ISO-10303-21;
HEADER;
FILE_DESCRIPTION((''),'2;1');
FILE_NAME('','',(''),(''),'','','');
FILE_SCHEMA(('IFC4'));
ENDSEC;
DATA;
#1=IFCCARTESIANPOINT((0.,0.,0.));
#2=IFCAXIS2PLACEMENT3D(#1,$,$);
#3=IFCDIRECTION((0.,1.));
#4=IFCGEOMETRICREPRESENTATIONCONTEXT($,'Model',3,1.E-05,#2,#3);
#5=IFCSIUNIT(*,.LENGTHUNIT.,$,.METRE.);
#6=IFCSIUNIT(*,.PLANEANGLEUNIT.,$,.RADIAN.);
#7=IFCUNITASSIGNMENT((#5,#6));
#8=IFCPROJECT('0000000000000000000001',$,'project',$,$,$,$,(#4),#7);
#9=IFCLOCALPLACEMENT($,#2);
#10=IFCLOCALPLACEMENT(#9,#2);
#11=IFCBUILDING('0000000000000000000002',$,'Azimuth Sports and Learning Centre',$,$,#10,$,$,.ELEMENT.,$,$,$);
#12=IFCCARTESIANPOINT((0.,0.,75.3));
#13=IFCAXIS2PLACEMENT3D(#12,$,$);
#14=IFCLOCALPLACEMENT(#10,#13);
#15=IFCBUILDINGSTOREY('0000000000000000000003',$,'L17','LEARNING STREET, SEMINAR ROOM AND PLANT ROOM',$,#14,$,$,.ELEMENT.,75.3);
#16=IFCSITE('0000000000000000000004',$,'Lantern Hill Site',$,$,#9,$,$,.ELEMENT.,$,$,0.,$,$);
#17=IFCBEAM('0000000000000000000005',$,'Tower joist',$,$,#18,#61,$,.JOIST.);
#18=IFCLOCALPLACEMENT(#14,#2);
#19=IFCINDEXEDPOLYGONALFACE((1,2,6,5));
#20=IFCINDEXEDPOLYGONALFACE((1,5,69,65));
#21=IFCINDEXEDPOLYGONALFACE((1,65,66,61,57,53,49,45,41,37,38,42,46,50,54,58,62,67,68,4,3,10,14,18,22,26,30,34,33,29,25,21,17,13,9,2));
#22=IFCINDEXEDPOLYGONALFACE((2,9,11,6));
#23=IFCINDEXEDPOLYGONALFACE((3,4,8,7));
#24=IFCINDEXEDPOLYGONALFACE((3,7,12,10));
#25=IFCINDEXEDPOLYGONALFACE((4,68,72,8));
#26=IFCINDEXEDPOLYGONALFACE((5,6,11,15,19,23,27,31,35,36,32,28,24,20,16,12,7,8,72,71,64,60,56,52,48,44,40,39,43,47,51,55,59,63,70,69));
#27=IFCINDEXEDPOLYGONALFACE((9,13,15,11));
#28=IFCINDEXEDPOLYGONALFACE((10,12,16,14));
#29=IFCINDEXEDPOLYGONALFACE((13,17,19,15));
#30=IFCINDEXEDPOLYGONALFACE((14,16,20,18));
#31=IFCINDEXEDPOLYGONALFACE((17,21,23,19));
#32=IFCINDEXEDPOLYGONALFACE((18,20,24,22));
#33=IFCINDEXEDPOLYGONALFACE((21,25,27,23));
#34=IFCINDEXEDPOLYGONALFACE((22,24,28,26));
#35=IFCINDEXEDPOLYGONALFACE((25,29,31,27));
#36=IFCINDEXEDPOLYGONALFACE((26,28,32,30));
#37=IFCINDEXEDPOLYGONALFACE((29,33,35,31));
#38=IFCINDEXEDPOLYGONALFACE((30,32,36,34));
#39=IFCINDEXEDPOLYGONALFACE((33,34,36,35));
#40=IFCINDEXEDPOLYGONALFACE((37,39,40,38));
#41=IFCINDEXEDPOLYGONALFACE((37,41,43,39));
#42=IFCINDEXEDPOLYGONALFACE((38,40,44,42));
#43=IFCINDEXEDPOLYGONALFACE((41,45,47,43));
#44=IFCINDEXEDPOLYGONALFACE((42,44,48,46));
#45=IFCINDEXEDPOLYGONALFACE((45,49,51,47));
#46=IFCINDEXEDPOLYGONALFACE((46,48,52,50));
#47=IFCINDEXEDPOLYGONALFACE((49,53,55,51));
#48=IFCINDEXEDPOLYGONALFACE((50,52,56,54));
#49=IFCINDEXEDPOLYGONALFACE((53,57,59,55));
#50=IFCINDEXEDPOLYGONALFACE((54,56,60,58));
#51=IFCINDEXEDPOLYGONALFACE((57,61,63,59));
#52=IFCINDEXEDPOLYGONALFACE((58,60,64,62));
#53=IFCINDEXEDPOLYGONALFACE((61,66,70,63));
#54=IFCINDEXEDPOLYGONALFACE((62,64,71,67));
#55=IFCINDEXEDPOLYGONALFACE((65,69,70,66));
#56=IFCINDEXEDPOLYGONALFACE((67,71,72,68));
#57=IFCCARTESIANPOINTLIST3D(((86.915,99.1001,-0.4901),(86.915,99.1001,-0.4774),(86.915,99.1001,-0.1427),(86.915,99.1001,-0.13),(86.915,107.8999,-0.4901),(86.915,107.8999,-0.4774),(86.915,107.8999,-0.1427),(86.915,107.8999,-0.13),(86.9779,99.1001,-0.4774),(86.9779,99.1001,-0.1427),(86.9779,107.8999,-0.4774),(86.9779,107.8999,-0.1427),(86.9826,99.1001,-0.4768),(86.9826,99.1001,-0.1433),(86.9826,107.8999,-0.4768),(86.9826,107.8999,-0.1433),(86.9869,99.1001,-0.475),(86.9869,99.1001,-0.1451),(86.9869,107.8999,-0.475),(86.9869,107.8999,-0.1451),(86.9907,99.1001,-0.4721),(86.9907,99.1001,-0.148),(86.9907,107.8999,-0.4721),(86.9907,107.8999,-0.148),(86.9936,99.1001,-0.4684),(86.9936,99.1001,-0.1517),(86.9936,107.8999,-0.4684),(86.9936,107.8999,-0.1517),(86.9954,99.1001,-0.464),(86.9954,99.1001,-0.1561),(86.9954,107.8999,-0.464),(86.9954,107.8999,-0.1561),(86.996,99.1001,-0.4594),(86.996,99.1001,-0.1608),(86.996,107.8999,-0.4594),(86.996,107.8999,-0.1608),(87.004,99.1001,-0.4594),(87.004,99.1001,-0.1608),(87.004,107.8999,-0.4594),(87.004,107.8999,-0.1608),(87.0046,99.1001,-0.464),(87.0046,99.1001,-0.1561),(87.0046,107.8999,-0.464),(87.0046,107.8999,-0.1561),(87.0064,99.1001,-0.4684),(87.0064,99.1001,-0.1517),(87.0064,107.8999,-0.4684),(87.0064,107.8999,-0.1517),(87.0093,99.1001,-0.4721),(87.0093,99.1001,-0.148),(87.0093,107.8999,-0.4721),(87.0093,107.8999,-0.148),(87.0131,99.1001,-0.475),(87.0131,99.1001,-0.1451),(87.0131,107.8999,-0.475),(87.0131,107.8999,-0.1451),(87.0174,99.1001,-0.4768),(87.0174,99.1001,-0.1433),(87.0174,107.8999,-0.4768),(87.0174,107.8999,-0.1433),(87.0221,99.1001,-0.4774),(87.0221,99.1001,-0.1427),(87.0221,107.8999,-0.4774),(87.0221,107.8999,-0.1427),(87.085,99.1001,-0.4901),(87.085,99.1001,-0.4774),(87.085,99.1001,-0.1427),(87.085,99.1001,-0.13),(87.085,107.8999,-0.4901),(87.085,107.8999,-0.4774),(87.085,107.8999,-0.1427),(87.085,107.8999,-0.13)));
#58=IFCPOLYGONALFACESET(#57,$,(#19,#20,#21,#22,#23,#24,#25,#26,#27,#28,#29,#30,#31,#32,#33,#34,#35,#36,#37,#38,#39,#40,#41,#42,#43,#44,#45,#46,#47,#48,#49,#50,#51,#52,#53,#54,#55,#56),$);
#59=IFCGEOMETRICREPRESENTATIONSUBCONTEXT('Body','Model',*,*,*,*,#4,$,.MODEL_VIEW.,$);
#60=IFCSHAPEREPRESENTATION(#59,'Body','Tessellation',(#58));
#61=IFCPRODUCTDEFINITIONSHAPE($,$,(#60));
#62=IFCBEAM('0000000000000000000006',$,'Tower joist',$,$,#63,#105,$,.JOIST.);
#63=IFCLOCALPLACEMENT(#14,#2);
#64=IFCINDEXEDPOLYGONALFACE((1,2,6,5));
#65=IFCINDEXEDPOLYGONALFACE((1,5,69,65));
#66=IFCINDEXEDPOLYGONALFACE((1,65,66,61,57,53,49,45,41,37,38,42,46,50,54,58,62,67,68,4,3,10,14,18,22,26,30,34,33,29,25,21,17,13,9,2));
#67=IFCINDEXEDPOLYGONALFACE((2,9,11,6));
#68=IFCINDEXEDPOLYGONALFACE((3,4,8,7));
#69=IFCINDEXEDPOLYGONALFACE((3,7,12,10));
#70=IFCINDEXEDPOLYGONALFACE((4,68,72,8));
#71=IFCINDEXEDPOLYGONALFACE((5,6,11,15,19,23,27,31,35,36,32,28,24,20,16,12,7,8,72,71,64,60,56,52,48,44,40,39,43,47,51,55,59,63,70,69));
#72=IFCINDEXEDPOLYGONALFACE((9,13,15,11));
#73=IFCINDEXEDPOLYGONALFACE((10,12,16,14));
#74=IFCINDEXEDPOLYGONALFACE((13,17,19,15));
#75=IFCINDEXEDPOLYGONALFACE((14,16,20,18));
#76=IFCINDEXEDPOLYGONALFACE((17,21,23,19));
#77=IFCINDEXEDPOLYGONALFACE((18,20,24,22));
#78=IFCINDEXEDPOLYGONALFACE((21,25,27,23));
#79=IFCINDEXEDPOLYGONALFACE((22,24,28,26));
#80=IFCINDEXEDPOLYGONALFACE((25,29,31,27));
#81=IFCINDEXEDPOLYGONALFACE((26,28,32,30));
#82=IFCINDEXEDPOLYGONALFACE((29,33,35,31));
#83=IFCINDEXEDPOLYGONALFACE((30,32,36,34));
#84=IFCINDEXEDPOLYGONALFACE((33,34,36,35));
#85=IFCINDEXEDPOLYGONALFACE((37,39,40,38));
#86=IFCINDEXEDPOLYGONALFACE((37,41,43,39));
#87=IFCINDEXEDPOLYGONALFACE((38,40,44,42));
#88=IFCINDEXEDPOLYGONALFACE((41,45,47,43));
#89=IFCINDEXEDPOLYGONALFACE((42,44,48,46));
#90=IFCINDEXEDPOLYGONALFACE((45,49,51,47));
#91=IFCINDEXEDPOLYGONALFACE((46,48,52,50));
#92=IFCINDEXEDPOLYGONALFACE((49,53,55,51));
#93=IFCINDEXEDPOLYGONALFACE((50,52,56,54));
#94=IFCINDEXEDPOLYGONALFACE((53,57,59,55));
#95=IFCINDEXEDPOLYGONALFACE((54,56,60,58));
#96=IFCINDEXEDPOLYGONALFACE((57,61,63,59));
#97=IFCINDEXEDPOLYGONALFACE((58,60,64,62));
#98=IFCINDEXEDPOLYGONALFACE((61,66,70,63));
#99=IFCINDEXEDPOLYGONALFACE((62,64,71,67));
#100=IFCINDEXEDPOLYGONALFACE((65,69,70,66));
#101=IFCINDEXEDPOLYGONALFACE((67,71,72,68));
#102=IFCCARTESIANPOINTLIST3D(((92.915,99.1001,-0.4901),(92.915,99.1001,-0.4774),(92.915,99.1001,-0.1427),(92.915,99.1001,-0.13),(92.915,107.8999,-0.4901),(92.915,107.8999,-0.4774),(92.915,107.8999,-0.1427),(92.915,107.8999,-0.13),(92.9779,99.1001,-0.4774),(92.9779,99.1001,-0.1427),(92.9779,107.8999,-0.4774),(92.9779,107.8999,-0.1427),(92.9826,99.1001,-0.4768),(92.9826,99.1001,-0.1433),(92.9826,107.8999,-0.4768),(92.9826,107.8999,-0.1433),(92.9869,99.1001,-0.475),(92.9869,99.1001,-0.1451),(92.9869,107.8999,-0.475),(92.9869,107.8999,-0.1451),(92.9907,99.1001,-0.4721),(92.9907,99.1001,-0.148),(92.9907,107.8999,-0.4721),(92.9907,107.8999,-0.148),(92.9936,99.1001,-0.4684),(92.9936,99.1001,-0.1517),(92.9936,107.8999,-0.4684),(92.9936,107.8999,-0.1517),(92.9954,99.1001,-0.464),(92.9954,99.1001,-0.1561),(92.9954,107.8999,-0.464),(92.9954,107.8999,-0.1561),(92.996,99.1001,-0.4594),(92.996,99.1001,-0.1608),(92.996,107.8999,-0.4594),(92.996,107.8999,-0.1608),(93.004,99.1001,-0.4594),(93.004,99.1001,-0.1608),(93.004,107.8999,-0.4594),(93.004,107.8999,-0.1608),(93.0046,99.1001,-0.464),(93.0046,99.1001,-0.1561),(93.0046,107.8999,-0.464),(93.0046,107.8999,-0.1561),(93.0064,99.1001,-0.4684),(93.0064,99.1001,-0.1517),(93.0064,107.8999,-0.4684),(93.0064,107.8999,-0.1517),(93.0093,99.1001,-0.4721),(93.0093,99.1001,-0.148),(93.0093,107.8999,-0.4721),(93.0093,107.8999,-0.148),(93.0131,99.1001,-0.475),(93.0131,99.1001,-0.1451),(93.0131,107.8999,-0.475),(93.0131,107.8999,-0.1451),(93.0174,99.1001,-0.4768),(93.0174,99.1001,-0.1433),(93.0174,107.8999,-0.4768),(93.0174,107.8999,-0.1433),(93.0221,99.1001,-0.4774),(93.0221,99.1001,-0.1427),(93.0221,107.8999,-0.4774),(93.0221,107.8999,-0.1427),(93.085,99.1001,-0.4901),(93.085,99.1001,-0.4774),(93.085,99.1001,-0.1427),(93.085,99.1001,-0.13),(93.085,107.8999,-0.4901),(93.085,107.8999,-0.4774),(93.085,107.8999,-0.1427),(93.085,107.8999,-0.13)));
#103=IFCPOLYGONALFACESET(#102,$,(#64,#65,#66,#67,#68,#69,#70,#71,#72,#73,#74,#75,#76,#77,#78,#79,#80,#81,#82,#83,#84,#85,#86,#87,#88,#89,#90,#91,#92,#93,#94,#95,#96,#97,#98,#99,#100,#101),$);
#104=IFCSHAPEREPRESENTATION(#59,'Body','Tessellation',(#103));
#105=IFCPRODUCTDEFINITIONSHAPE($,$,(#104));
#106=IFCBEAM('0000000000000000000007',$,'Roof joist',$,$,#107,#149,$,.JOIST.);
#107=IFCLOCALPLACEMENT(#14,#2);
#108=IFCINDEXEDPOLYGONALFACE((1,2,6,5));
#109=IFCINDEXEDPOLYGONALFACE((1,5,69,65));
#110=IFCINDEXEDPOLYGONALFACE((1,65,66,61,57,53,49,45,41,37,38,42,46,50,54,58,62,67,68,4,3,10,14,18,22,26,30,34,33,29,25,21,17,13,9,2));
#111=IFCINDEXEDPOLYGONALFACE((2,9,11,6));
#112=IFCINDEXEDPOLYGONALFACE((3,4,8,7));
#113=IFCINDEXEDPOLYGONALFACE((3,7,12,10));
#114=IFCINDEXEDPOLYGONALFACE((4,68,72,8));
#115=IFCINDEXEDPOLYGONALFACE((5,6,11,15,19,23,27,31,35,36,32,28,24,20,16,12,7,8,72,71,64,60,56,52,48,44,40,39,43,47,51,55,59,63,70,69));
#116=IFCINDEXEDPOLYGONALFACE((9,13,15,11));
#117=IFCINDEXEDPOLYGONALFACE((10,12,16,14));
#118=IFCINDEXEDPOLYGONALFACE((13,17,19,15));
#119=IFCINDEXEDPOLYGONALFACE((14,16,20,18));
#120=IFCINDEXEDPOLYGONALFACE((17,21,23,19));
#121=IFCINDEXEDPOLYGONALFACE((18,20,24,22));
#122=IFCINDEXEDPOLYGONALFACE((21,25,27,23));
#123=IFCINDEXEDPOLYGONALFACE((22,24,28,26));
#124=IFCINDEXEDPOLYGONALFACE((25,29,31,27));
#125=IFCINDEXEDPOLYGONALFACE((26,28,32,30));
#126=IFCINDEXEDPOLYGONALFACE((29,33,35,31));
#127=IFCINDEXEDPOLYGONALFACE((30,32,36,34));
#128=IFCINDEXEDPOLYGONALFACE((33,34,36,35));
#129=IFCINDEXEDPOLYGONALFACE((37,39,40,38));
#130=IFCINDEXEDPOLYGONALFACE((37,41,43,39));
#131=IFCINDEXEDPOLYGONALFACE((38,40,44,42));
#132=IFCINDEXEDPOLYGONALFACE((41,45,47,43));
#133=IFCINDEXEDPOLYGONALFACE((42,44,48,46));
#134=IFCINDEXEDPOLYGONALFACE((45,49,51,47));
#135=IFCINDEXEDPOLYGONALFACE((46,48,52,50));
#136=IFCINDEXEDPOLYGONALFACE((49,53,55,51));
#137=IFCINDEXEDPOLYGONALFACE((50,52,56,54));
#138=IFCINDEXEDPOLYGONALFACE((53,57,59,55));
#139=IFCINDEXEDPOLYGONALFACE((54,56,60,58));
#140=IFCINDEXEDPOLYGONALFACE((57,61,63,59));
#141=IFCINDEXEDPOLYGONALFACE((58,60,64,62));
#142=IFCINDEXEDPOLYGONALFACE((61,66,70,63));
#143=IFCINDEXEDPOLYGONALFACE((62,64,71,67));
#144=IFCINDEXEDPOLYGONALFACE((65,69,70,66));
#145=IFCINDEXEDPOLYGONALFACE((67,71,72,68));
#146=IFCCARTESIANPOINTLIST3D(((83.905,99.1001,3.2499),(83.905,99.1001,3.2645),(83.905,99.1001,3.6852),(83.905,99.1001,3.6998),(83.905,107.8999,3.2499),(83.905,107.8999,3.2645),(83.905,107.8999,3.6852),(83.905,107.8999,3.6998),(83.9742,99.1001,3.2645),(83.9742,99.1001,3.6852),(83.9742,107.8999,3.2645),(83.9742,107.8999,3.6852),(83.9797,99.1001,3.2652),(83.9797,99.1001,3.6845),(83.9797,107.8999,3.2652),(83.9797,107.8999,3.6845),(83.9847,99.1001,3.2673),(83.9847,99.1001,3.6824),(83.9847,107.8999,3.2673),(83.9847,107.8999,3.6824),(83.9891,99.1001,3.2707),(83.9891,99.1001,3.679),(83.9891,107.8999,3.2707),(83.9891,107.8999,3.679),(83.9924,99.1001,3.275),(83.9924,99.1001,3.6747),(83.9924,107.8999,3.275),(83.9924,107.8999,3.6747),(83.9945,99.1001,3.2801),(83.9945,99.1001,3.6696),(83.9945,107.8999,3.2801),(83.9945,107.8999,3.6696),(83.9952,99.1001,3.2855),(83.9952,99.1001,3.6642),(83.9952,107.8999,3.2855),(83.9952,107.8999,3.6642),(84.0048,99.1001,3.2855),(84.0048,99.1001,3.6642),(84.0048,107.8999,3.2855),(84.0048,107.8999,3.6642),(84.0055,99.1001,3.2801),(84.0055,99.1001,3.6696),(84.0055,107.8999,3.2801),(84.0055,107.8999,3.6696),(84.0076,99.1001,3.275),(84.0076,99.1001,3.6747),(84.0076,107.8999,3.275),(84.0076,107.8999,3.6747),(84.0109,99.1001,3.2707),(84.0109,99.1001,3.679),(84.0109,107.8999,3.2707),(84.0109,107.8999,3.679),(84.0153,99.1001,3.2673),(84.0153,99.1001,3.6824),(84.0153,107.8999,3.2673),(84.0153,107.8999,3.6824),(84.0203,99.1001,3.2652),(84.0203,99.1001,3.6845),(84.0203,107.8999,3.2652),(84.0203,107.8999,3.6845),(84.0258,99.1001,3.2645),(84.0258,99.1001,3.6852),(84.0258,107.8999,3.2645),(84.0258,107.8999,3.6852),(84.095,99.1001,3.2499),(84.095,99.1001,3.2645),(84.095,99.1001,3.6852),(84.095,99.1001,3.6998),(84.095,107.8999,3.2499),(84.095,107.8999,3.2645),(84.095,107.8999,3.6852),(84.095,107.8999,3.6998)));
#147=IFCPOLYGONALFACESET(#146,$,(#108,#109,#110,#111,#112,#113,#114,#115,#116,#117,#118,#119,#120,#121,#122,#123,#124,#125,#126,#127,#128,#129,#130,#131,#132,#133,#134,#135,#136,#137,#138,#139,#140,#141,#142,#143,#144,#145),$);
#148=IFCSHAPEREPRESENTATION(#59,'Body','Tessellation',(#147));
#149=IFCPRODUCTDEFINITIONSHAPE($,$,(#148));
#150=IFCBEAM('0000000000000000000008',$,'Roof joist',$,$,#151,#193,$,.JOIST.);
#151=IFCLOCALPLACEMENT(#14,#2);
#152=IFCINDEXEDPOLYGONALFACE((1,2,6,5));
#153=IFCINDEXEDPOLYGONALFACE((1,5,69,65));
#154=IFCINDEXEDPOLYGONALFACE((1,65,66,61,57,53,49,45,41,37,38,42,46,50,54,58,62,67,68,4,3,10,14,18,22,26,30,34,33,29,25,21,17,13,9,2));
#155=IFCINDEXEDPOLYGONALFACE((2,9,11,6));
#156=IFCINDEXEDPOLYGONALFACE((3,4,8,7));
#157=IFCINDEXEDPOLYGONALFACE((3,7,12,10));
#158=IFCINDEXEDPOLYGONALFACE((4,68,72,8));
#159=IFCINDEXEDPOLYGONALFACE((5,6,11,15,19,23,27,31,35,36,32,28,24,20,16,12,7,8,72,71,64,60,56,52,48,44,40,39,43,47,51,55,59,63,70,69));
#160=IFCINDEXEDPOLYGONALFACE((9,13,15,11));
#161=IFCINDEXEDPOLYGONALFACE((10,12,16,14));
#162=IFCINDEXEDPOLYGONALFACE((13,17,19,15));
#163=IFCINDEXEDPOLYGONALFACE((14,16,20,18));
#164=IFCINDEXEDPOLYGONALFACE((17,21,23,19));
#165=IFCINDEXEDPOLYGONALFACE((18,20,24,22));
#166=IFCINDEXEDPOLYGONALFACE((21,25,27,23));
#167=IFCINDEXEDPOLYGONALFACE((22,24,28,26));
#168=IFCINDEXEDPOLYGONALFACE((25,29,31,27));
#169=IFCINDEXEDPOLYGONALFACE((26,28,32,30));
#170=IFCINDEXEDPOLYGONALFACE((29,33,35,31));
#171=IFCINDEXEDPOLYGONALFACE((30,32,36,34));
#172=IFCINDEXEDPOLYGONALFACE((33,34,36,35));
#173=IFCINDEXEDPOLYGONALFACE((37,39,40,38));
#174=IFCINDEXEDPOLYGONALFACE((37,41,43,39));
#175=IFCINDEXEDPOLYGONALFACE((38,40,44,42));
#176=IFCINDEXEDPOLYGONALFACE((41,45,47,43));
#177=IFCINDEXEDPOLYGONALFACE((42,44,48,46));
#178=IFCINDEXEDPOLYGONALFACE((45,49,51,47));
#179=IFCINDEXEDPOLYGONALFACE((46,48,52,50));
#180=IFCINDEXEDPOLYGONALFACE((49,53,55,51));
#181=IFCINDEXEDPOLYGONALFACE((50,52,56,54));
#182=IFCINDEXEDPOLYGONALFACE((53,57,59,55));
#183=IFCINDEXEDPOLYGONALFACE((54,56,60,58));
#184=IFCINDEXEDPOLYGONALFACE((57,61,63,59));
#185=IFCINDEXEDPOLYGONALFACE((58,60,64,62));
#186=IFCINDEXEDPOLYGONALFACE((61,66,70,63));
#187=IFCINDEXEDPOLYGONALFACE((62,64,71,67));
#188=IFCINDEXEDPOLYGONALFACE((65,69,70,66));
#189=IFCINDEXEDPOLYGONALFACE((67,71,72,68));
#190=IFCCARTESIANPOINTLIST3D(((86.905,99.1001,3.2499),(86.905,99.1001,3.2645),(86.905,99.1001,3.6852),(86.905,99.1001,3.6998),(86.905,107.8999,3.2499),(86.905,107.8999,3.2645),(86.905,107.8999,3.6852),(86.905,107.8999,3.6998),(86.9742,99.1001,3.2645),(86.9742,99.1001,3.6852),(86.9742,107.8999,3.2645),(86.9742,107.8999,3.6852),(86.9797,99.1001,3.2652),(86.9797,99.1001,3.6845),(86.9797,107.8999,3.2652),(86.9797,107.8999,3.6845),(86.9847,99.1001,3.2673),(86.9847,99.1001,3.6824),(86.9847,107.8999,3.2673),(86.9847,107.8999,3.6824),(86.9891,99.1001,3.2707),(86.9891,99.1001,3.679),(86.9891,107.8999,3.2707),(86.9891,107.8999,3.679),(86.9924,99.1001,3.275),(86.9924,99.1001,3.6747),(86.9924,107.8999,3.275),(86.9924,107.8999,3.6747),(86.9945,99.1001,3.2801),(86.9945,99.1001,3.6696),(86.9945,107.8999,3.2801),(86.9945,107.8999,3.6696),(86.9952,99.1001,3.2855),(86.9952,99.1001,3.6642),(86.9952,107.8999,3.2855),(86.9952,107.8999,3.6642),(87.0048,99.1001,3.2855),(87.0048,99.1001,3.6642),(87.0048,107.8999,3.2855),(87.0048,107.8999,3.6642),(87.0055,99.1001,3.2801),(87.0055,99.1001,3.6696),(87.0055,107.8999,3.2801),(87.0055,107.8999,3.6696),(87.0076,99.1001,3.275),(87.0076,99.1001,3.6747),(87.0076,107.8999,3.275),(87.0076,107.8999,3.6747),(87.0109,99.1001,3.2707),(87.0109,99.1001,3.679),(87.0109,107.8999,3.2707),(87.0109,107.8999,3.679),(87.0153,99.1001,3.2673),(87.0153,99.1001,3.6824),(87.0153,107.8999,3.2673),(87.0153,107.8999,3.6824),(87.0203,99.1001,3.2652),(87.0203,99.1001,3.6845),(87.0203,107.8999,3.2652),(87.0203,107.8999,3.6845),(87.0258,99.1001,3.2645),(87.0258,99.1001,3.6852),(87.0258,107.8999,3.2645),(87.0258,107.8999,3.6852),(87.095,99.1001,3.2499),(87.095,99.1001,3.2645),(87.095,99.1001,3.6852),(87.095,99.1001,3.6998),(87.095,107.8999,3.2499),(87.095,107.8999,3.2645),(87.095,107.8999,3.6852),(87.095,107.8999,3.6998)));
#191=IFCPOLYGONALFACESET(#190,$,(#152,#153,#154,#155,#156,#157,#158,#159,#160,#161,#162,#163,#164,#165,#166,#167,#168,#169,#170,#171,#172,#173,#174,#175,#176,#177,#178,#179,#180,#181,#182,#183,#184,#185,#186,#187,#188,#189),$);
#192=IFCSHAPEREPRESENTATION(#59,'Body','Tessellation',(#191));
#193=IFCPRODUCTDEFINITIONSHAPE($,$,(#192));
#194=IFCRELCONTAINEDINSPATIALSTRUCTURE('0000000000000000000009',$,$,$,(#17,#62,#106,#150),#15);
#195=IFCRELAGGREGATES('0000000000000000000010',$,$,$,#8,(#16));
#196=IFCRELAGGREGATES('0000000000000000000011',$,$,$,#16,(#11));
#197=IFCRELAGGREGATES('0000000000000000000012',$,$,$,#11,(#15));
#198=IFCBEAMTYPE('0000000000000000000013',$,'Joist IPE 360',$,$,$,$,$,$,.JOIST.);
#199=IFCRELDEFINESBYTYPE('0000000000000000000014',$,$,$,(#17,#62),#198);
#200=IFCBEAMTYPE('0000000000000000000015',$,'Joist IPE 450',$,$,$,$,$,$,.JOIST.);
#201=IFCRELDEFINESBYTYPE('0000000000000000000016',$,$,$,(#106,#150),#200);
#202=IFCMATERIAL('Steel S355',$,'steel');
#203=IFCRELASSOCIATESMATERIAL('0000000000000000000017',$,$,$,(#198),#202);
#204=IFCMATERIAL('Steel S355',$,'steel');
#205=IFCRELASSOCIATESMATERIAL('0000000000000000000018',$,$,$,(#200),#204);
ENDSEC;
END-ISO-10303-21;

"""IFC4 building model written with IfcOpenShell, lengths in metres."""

from ifc_helpers import new_model, si_unit, direction, frame, origin, origin_2d, place, context, subcontext, project, spatial, i_section, extrude, material, material_profile, profile_set, type_object, element, save


model = new_model("IFC4")

# Units and contexts
model_context = context("Model", 3, precision=1e-05, world=origin(), true_north=direction((0.0, 1.0)))
body_context = subcontext(model_context, "Body", "Model", "MODEL_VIEW")
ifc_project = project(units=[si_unit("LENGTHUNIT", "METRE"), si_unit("PLANEANGLEUNIT", "RADIAN")], contexts=[model_context])

# Site, building, storey
site_placement = place(None, origin())
site = spatial("IfcSite", under=ifc_project, at=site_placement, Name="Lantern Hill Site", CompositionType="ELEMENT", RefElevation=0.0)
building_placement = place(site_placement, origin())
building = spatial("IfcBuilding", under=site, at=building_placement, Name="Azimuth Sports and Learning Centre", CompositionType="ELEMENT")
storey_placement = place(building_placement, frame((0.0, 0.0, 75.3)))
storey = spatial("IfcBuildingStorey", under=building, at=storey_placement, Name="L17", Description="LEARNING STREET, SEMINAR ROOM AND PLANT ROOM", CompositionType="ELEMENT", Elevation=75.3)

# Beams
ifc_material_1 = material(Name="Steel S355", Category="steel")
ifc_material_profile_1 = material_profile(ifc_material_1, i_section(OverallWidth=0.1699, OverallDepth=0.3601, WebThickness=0.0081, FlangeThickness=0.0127, FilletRadius=0.0181, at=origin_2d()), Name="IPE 360")
ifc_profile_set_1 = profile_set([ifc_material_profile_1], Name="Steel S355")
beam_type_1 = type_object("IfcBeamType", Name="Joist IPE 360", PredefinedType="JOIST", material=ifc_profile_set_1)
for number, where, z_axis, x_axis, name in (
    (1, (87.0, 99.1001, -0.3101), (0.0, 1.0, 0.0), (-1.0, 0.0, 0.0), "Tower joist"),
    (2, (93.0, 99.1001, -0.3101), (0.0, 1.0, 0.0), (-1.0, 0.0, 0.0), "Tower joist"),
):
    element("IfcBeam", number, at=place(storey_placement, frame(where, z_axis=z_axis, x_axis=x_axis)), inside=storey, type_object=beam_type_1, Name=name, PredefinedType="JOIST", context=body_context, shape_type="SweptSolid", body=[
        extrude(i_section(OverallWidth=0.1699, OverallDepth=0.3601, WebThickness=0.0081, FlangeThickness=0.0127, FilletRadius=0.0181, at=origin_2d()), origin(), (0.0, 0.0, 1.0), 8.7998),
    ])
ifc_material_2 = material(Name="Steel S355", Category="steel")
ifc_material_profile_2 = material_profile(ifc_material_2, i_section(OverallWidth=0.1899, OverallDepth=0.45, WebThickness=0.0095, FlangeThickness=0.0146, FilletRadius=0.021, at=origin_2d()), Name="IPE 450")
ifc_profile_set_2 = profile_set([ifc_material_profile_2], Name="Steel S355")
beam_type_2 = type_object("IfcBeamType", Name="Joist IPE 450", PredefinedType="JOIST", material=ifc_profile_set_2)
for number, where, z_axis, x_axis, name in (
    (3, (84.0, 99.1001, 3.4749), (0.0, 1.0, 0.0), (-1.0, 0.0, 0.0), "Roof joist"),
    (4, (87.0, 99.1001, 3.4749), (0.0, 1.0, 0.0), (-1.0, 0.0, 0.0), "Roof joist"),
):
    element("IfcBeam", number, at=place(storey_placement, frame(where, z_axis=z_axis, x_axis=x_axis)), inside=storey, type_object=beam_type_2, Name=name, PredefinedType="JOIST", context=body_context, shape_type="SweptSolid", body=[
        extrude(i_section(OverallWidth=0.1899, OverallDepth=0.45, WebThickness=0.0095, FlangeThickness=0.0146, FilletRadius=0.021, at=origin_2d()), origin(), (0.0, 0.0, 1.0), 8.7998),
    ])

save(model, "model.ifc")
